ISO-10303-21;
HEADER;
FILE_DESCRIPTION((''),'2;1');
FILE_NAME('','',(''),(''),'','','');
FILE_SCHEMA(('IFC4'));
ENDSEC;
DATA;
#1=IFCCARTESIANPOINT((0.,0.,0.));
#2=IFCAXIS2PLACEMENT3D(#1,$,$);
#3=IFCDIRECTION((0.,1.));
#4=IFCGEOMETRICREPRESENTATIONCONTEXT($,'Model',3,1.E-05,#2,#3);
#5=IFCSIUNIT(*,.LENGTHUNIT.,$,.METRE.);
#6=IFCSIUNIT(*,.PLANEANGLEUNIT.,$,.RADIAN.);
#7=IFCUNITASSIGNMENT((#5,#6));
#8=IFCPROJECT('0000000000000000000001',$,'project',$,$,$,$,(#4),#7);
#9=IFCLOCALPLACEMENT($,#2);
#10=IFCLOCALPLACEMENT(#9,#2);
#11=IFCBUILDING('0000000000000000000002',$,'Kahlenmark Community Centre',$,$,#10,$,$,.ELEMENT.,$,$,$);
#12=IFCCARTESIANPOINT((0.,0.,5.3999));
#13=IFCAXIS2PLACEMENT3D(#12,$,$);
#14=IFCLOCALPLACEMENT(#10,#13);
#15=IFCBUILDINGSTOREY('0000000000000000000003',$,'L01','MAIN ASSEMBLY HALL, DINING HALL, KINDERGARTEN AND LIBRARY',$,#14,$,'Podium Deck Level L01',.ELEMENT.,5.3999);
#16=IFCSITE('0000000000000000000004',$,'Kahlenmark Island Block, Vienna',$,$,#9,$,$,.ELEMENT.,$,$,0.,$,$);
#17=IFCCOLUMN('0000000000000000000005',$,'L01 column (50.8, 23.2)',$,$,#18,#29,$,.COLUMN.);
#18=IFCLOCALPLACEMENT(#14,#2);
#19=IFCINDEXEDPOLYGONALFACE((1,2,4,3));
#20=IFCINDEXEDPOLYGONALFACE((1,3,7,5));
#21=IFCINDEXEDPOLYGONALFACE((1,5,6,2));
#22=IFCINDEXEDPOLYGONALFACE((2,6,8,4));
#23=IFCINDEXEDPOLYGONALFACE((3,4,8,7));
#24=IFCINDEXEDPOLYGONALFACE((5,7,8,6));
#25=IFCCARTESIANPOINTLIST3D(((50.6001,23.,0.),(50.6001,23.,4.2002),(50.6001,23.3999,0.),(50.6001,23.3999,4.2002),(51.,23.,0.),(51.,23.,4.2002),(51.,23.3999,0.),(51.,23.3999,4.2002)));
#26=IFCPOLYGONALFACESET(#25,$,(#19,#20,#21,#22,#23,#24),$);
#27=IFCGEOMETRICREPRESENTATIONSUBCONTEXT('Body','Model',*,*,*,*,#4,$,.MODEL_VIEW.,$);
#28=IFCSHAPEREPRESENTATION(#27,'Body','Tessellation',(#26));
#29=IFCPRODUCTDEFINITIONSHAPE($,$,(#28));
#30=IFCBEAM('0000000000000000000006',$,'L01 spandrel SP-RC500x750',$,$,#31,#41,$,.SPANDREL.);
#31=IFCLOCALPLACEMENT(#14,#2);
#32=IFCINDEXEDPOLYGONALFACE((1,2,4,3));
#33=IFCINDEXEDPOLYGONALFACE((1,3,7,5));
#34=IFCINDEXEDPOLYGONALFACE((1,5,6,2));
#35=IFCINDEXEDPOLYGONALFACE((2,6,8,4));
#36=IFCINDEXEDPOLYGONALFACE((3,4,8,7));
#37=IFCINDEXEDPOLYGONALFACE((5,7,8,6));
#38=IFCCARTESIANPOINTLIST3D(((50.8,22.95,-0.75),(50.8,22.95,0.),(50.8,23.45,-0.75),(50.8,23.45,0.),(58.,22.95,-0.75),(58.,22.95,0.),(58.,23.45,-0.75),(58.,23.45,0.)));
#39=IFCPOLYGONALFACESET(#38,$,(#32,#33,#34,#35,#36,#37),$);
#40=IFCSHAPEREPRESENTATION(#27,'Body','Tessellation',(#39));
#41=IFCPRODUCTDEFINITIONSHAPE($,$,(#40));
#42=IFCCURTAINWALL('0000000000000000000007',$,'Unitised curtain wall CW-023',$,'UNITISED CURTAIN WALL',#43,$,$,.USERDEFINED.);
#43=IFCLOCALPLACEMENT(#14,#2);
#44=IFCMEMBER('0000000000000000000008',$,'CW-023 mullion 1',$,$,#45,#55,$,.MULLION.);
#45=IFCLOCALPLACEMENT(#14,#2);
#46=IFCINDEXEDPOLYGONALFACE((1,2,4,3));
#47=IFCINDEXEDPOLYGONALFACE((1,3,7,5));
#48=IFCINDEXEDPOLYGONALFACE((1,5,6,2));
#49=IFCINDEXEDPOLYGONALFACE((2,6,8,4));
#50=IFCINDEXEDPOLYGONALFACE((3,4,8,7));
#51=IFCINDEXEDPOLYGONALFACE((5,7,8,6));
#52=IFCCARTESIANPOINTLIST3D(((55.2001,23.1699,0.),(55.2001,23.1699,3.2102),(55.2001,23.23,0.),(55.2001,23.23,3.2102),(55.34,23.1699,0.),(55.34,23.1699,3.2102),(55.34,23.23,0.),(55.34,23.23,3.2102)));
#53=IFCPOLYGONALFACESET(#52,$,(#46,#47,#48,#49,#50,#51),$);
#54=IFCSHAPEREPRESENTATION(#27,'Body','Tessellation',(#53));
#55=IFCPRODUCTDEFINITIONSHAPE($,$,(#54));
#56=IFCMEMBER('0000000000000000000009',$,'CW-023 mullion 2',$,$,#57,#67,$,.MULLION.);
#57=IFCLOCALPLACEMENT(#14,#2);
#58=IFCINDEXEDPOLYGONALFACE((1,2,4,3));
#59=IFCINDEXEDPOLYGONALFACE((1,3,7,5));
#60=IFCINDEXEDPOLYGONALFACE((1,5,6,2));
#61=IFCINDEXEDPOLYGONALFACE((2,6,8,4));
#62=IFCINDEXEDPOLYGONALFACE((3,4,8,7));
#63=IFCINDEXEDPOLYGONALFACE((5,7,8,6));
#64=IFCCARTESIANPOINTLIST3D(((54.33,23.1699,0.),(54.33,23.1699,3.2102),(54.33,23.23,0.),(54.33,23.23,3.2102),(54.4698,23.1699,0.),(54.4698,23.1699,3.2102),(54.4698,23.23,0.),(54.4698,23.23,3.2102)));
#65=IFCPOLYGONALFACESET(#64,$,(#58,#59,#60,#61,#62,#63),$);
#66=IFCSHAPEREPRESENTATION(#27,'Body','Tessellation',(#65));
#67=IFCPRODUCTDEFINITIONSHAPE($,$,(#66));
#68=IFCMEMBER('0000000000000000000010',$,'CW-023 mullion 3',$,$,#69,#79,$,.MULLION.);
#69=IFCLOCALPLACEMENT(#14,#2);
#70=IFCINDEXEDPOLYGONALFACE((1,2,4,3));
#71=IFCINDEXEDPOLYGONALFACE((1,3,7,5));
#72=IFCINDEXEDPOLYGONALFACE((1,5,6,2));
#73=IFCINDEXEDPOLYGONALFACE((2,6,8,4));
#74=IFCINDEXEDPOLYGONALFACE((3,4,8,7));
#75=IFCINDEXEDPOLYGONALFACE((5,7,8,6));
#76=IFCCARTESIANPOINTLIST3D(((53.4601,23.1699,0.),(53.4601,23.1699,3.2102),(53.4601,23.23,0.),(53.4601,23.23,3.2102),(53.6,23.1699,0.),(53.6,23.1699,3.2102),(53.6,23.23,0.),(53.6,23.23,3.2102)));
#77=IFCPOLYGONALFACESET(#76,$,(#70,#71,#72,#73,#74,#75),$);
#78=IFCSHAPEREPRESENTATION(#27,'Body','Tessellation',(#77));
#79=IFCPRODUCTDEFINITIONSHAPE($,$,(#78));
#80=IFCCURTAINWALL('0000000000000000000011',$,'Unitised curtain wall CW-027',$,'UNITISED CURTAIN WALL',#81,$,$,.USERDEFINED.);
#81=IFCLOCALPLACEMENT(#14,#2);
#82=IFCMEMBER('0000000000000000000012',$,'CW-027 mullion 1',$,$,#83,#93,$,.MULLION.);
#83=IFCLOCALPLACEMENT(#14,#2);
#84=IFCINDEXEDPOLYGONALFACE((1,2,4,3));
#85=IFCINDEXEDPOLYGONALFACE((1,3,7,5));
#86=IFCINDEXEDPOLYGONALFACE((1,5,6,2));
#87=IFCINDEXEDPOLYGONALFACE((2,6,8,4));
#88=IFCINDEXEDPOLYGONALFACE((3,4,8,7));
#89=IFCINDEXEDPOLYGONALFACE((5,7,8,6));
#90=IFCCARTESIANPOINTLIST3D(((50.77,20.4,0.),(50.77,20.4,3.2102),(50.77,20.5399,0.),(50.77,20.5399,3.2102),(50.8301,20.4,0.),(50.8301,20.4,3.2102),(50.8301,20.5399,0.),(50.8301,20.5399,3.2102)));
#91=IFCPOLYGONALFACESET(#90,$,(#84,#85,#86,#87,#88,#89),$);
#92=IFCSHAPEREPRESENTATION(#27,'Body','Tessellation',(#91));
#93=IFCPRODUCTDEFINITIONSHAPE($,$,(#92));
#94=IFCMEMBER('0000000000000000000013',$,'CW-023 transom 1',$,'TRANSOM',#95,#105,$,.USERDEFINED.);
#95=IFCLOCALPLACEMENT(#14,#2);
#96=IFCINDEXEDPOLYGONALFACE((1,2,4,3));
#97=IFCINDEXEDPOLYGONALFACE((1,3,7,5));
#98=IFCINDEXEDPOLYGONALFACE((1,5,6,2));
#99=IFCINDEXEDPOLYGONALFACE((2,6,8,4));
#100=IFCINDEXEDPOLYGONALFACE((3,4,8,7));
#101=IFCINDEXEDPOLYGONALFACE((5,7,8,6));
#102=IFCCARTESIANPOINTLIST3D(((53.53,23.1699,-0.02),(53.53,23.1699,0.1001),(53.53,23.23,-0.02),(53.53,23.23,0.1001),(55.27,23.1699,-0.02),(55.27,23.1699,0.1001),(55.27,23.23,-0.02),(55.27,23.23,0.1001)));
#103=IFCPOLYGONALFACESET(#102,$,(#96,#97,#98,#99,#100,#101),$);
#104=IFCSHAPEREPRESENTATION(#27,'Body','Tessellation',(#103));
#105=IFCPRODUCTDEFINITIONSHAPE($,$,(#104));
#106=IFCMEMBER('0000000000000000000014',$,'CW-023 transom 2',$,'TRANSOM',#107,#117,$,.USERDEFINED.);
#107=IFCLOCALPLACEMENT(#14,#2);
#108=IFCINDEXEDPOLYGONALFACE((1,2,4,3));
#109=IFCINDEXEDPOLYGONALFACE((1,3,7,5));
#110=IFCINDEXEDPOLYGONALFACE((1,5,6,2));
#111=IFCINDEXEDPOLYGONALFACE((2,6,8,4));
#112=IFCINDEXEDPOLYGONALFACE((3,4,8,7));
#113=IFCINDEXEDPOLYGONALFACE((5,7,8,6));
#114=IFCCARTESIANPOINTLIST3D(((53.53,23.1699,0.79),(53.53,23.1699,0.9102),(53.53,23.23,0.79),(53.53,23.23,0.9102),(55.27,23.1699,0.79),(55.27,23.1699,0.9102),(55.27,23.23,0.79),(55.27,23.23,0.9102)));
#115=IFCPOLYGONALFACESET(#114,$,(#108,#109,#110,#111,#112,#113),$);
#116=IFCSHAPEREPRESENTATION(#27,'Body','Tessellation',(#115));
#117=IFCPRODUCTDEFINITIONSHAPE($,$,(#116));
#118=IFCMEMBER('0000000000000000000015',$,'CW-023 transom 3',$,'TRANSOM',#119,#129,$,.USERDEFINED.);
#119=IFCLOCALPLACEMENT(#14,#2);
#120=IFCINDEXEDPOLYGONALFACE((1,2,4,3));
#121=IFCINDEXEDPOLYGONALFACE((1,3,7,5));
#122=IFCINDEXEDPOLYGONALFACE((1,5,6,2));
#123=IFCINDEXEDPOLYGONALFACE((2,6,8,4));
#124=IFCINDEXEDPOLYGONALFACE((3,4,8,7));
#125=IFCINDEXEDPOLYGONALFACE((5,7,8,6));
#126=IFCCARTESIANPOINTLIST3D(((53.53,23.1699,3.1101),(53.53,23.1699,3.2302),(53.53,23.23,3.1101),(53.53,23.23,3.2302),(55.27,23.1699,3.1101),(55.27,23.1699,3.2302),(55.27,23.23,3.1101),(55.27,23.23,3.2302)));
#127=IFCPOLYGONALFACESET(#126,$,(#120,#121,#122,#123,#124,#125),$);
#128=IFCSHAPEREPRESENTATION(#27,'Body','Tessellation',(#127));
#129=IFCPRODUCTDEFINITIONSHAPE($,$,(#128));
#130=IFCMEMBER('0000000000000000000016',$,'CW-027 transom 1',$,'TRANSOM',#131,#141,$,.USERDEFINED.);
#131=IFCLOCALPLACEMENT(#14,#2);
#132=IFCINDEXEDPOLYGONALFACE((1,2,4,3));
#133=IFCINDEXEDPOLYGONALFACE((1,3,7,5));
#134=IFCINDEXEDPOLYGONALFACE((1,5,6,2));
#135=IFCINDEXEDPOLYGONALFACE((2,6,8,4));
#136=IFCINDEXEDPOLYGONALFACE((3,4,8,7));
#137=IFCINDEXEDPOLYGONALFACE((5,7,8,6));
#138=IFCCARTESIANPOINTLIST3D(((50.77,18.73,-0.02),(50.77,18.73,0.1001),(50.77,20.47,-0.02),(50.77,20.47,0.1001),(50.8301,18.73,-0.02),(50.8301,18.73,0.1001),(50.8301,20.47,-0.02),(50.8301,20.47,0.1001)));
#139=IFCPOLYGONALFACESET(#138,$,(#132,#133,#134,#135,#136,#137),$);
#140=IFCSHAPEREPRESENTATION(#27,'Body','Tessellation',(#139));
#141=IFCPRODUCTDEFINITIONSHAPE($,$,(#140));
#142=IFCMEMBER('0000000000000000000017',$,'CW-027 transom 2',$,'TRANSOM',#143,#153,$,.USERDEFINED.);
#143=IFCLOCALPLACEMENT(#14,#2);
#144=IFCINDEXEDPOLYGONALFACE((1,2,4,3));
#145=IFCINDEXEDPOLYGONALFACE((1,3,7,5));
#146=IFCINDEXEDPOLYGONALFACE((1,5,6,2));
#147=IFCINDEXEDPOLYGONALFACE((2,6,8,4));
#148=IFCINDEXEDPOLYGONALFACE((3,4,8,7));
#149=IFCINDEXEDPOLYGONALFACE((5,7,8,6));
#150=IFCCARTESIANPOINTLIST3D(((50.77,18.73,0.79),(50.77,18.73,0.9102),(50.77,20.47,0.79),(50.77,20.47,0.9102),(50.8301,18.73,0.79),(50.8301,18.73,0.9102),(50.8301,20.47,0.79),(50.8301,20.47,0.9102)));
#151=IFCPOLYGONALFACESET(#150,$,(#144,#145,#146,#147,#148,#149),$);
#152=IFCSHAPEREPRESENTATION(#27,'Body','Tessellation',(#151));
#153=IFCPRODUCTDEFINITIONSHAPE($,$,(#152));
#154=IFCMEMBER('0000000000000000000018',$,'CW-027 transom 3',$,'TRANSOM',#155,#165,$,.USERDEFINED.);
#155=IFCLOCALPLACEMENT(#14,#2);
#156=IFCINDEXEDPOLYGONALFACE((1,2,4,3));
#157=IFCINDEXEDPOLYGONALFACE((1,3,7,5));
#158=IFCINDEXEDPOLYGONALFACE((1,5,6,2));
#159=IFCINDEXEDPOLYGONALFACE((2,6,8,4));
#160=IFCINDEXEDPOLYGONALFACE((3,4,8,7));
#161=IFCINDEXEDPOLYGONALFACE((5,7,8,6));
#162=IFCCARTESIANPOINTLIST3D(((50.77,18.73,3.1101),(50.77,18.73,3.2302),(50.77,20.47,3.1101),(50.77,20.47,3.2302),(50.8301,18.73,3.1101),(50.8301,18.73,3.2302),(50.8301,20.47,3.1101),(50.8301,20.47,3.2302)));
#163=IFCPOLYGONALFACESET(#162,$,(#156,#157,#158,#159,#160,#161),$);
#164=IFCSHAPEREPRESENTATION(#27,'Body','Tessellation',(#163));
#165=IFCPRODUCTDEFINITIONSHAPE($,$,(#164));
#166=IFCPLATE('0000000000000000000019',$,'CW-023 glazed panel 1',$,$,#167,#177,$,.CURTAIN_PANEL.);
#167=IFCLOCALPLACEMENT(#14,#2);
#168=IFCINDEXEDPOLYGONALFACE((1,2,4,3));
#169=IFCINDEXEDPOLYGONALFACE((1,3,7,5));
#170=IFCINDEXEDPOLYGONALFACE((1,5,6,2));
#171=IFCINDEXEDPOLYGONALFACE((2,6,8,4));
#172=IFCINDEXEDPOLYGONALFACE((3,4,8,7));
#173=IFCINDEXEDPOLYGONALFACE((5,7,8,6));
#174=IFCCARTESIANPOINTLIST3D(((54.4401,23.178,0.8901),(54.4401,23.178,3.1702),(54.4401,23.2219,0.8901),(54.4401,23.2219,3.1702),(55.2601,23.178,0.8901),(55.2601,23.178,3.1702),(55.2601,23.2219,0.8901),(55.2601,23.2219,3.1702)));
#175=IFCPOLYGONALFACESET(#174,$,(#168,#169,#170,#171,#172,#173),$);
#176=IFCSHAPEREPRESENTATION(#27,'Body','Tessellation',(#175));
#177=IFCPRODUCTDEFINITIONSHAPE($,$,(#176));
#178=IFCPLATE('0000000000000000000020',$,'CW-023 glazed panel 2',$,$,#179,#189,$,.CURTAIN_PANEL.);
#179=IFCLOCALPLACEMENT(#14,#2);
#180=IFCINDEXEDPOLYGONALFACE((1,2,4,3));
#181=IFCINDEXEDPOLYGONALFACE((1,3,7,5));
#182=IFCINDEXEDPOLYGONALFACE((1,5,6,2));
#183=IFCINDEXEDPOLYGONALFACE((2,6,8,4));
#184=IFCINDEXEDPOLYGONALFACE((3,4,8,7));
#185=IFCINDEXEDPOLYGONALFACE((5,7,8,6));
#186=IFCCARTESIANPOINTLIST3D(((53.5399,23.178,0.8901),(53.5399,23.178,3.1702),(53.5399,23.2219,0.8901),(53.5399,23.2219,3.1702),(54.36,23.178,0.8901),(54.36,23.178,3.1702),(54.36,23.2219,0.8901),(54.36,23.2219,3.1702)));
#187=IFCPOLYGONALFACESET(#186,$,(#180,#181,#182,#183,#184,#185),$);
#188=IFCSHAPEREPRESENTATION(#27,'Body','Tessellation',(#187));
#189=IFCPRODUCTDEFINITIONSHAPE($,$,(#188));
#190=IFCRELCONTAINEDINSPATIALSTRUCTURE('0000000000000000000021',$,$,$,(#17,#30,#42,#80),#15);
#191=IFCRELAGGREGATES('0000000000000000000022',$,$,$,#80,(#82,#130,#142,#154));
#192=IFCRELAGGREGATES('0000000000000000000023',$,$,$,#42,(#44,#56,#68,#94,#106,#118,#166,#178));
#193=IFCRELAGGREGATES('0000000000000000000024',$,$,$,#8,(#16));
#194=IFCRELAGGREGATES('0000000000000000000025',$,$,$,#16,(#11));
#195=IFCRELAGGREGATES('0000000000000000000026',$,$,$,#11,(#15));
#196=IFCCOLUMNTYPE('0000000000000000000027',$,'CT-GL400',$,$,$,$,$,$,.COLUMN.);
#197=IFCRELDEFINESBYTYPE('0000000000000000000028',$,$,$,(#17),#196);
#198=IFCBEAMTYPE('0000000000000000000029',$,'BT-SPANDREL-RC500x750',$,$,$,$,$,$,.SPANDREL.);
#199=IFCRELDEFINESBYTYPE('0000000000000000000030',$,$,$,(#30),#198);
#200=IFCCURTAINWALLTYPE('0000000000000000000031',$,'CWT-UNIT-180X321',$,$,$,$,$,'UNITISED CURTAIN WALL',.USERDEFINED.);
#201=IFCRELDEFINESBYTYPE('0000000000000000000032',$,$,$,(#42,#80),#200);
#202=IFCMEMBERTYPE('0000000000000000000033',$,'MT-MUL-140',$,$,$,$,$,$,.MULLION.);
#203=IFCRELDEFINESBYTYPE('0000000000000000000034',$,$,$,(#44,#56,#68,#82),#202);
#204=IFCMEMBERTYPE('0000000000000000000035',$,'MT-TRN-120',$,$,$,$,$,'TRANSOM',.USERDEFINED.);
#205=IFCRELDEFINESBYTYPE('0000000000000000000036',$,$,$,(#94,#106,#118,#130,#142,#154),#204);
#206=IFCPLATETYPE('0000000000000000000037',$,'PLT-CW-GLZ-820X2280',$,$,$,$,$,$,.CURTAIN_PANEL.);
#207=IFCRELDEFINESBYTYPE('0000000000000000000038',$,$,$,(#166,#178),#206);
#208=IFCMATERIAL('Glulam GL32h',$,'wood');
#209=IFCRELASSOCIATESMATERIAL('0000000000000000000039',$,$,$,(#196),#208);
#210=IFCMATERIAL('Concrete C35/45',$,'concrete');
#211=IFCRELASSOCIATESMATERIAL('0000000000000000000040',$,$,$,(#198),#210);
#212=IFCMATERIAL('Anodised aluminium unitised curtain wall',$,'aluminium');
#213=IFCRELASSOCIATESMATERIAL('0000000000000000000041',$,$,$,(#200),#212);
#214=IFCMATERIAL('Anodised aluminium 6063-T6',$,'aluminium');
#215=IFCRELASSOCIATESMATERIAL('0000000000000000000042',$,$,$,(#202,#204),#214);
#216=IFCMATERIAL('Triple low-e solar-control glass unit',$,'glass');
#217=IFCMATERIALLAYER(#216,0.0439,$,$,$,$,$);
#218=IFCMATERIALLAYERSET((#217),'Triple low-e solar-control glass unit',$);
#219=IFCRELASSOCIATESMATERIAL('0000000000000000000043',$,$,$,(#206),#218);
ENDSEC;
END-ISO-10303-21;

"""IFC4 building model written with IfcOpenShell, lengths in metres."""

from ifc_helpers import new_model, si_unit, direction, frame, origin, origin_2d, place, context, subcontext, project, spatial, rectangle, extrude, material, layer, layer_set, material_profile, profile_set, type_object, element, aggregate, save


model = new_model("IFC4")

# Units and contexts
model_context = context("Model", 3, precision=1e-05, world=origin(), true_north=direction((0.0, 1.0)))
body_context = subcontext(model_context, "Body", "Model", "MODEL_VIEW")
ifc_project = project(units=[si_unit("LENGTHUNIT", "METRE"), si_unit("PLANEANGLEUNIT", "RADIAN")], contexts=[model_context])

# Site, building, storey
site_placement = place(None, origin())
site = spatial("IfcSite", under=ifc_project, at=site_placement, Name="Kahlenmark Island Block, Vienna", CompositionType="ELEMENT", RefElevation=0.0)
building_placement = place(site_placement, origin())
building = spatial("IfcBuilding", under=site, at=building_placement, Name="Kahlenmark Community Centre", CompositionType="ELEMENT")
storey_placement = place(building_placement, frame((0.0, 0.0, 5.3999)))
storey = spatial("IfcBuildingStorey", under=building, at=storey_placement, Name="L01", Description="MAIN ASSEMBLY HALL, DINING HALL, KINDERGARTEN AND LIBRARY", LongName="Podium Deck Level L01", CompositionType="ELEMENT", Elevation=5.3999)

# Column
ifc_material_1 = material(Name="Glulam GL32h", Category="wood")
ifc_material_profile_1 = material_profile(ifc_material_1, rectangle(XDim=0.3999, YDim=0.3999, at=origin_2d()), Name="GL32h 400x400")
ifc_profile_set_1 = profile_set([ifc_material_profile_1], Name="Glulam GL32h")
column_type = type_object("IfcColumnType", Name="CT-GL400", PredefinedType="COLUMN", material=ifc_profile_set_1)
column_placement = place(storey_placement, frame((50.8, 23.2, 0.0), z_axis=(0.0, 0.0, 1.0), x_axis=(1.0, 0.0, 0.0)))
element("IfcColumn", 1, at=column_placement, inside=storey, type_object=column_type, Name="L01 column (50.8, 23.2)", PredefinedType="COLUMN", context=body_context, shape_type="SweptSolid", body=[
    extrude(rectangle(XDim=0.3999, YDim=0.3999, at=origin_2d()), origin(), (0.0, 0.0, 1.0), 4.2002),
])

# Beam
ifc_material_2 = material(Name="Concrete C35/45", Category="concrete")
ifc_material_profile_2 = material_profile(ifc_material_2, rectangle(XDim=0.5, YDim=0.75, at=origin_2d()), Name="RC 500x750")
ifc_profile_set_2 = profile_set([ifc_material_profile_2], Name="Concrete C35/45")
beam_type = type_object("IfcBeamType", Name="BT-SPANDREL-RC500x750", PredefinedType="SPANDREL", material=ifc_profile_set_2)
beam_placement = place(storey_placement, frame((50.8, 23.2, -0.375), z_axis=(1.0, 0.0, 0.0), x_axis=(0.0, 1.0, 0.0)))
element("IfcBeam", 2, at=beam_placement, inside=storey, type_object=beam_type, Name="L01 spandrel SP-RC500x750", PredefinedType="SPANDREL", context=body_context, shape_type="SweptSolid", body=[
    extrude(rectangle(XDim=0.5, YDim=0.75, at=origin_2d()), origin(), (0.0, 0.0, 1.0), 7.2),
])

# Curtain wall, members
ifc_material_3 = material(Name="Anodised aluminium unitised curtain wall", Category="aluminium")
curtain_wall_type = type_object("IfcCurtainWallType", Name="CWT-UNIT-180X321", ElementType="UNITISED CURTAIN WALL", PredefinedType="USERDEFINED", material=ifc_material_3)
curtain_wall_1_placement = place(storey_placement, origin())
curtain_wall_1 = element("IfcCurtainWall", 3, at=curtain_wall_1_placement, inside=storey, type_object=curtain_wall_type, Name="Unitised curtain wall CW-023", ObjectType="UNITISED CURTAIN WALL", PredefinedType="USERDEFINED")
ifc_material_4 = material(Name="Anodised aluminium 6063-T6", Category="aluminium")
ifc_material_profile_3 = material_profile(ifc_material_4, rectangle(XDim=0.0601, YDim=0.1399, at=origin_2d()), Name="ALU MULLION 60x140")
ifc_profile_set_3 = profile_set([ifc_material_profile_3], Name="Anodised aluminium 6063-T6")
member_type_1 = type_object("IfcMemberType", Name="MT-MUL-140", PredefinedType="MULLION", material=ifc_profile_set_3)
member_1_placement = place(storey_placement, frame((55.27, 23.2, 0.0), z_axis=(0.0, 0.0, 1.0), x_axis=(0.0, -1.0, 0.0)))
member_1 = element("IfcMember", 4, at=member_1_placement, type_object=member_type_1, Name="CW-023 mullion 1", PredefinedType="MULLION", context=body_context, shape_type="SweptSolid", body=[
    extrude(rectangle(XDim=0.0601, YDim=0.1399, at=origin_2d()), origin(), (0.0, 0.0, 1.0), 3.2102),
])
member_2_placement = place(storey_placement, frame((54.3999, 23.2, 0.0), z_axis=(0.0, 0.0, 1.0), x_axis=(0.0, -1.0, 0.0)))
member_2 = element("IfcMember", 5, at=member_2_placement, type_object=member_type_1, Name="CW-023 mullion 2", PredefinedType="MULLION", context=body_context, shape_type="SweptSolid", body=[
    extrude(rectangle(XDim=0.0601, YDim=0.1399, at=origin_2d()), origin(), (0.0, 0.0, 1.0), 3.2102),
])
member_3_placement = place(storey_placement, frame((53.53, 23.2, 0.0), z_axis=(0.0, 0.0, 1.0), x_axis=(0.0, -1.0, 0.0)))
member_3 = element("IfcMember", 6, at=member_3_placement, type_object=member_type_1, Name="CW-023 mullion 3", PredefinedType="MULLION", context=body_context, shape_type="SweptSolid", body=[
    extrude(rectangle(XDim=0.0601, YDim=0.1399, at=origin_2d()), origin(), (0.0, 0.0, 1.0), 3.2102),
])

# Curtain wall, member
curtain_wall_2_placement = place(storey_placement, origin())
curtain_wall_2 = element("IfcCurtainWall", 7, at=curtain_wall_2_placement, inside=storey, type_object=curtain_wall_type, Name="Unitised curtain wall CW-027", ObjectType="UNITISED CURTAIN WALL", PredefinedType="USERDEFINED")
member_4_placement = place(storey_placement, frame((50.8, 20.47, 0.0), z_axis=(0.0, 0.0, 1.0), x_axis=(1.0, 0.0, 0.0)))
member_4 = element("IfcMember", 8, at=member_4_placement, type_object=member_type_1, Name="CW-027 mullion 1", PredefinedType="MULLION", context=body_context, shape_type="SweptSolid", body=[
    extrude(rectangle(XDim=0.0601, YDim=0.1399, at=origin_2d()), origin(), (0.0, 0.0, 1.0), 3.2102),
])

# Members
ifc_material_profile_4 = material_profile(ifc_material_4, rectangle(XDim=0.0601, YDim=0.1201, at=origin_2d()), Name="ALU TRANSOM 60x120")
ifc_profile_set_4 = profile_set([ifc_material_profile_4], Name="Anodised aluminium 6063-T6")
member_type_2 = type_object("IfcMemberType", Name="MT-TRN-120", ElementType="TRANSOM", PredefinedType="USERDEFINED", material=ifc_profile_set_4)
member_5_placement = place(storey_placement, frame((55.27, 23.2, 0.04), z_axis=(-1.0, 0.0, 0.0), x_axis=(0.0, -1.0, 0.0)))
member_5 = element("IfcMember", 9, at=member_5_placement, type_object=member_type_2, Name="CW-023 transom 1", ObjectType="TRANSOM", PredefinedType="USERDEFINED", context=body_context, shape_type="SweptSolid", body=[
    extrude(rectangle(XDim=0.0601, YDim=0.1201, at=origin_2d()), origin(), (0.0, 0.0, 1.0), 1.74),
])
member_6_placement = place(storey_placement, frame((55.27, 23.2, 0.8501), z_axis=(-1.0, 0.0, 0.0), x_axis=(0.0, -1.0, 0.0)))
member_6 = element("IfcMember", 10, at=member_6_placement, type_object=member_type_2, Name="CW-023 transom 2", ObjectType="TRANSOM", PredefinedType="USERDEFINED", context=body_context, shape_type="SweptSolid", body=[
    extrude(rectangle(XDim=0.0601, YDim=0.1201, at=origin_2d()), origin(), (0.0, 0.0, 1.0), 1.74),
])
member_7_placement = place(storey_placement, frame((55.27, 23.2, 3.1702), z_axis=(-1.0, 0.0, 0.0), x_axis=(0.0, -1.0, 0.0)))
member_7 = element("IfcMember", 11, at=member_7_placement, type_object=member_type_2, Name="CW-023 transom 3", ObjectType="TRANSOM", PredefinedType="USERDEFINED", context=body_context, shape_type="SweptSolid", body=[
    extrude(rectangle(XDim=0.0601, YDim=0.1201, at=origin_2d()), origin(), (0.0, 0.0, 1.0), 1.74),
])
member_8_placement = place(storey_placement, frame((50.8, 20.47, 0.04), z_axis=(0.0, -1.0, 0.0), x_axis=(1.0, 0.0, 0.0)))
member_8 = element("IfcMember", 12, at=member_8_placement, type_object=member_type_2, Name="CW-027 transom 1", ObjectType="TRANSOM", PredefinedType="USERDEFINED", context=body_context, shape_type="SweptSolid", body=[
    extrude(rectangle(XDim=0.0601, YDim=0.1201, at=origin_2d()), origin(), (0.0, 0.0, 1.0), 1.74),
])
member_9_placement = place(storey_placement, frame((50.8, 20.47, 0.8501), z_axis=(0.0, -1.0, 0.0), x_axis=(1.0, 0.0, 0.0)))
member_9 = element("IfcMember", 13, at=member_9_placement, type_object=member_type_2, Name="CW-027 transom 2", ObjectType="TRANSOM", PredefinedType="USERDEFINED", context=body_context, shape_type="SweptSolid", body=[
    extrude(rectangle(XDim=0.0601, YDim=0.1201, at=origin_2d()), origin(), (0.0, 0.0, 1.0), 1.74),
])
member_10_placement = place(storey_placement, frame((50.8, 20.47, 3.1702), z_axis=(0.0, -1.0, 0.0), x_axis=(1.0, 0.0, 0.0)))
member_10 = element("IfcMember", 14, at=member_10_placement, type_object=member_type_2, Name="CW-027 transom 3", ObjectType="TRANSOM", PredefinedType="USERDEFINED", context=body_context, shape_type="SweptSolid", body=[
    extrude(rectangle(XDim=0.0601, YDim=0.1201, at=origin_2d()), origin(), (0.0, 0.0, 1.0), 1.74),
])

# Plates
ifc_material_5 = material(Name="Triple low-e solar-control glass unit", Category="glass")
ifc_layer_1 = layer(ifc_material_5, 0.0439)
ifc_layer_set_1 = layer_set([ifc_layer_1], Name="Triple low-e solar-control glass unit")
plate_type_1 = type_object("IfcPlateType", Name="PLT-CW-GLZ-820X2280", PredefinedType="CURTAIN_PANEL", material=ifc_layer_set_1)
plate_1_placement = place(storey_placement, frame((54.8501, 23.2, 0.8901), z_axis=(0.0, 0.0, 1.0), x_axis=(-1.0, 0.0, 0.0)))
plate_1 = element("IfcPlate", 15, at=plate_1_placement, type_object=plate_type_1, Name="CW-023 glazed panel 1", PredefinedType="CURTAIN_PANEL", context=body_context, shape_type="SweptSolid", body=[
    extrude(rectangle(XDim=0.8201, YDim=0.0439, at=origin_2d()), origin(), (0.0, 0.0, 1.0), 2.28),
])
plate_2_placement = place(storey_placement, frame((53.95, 23.2, 0.8901), z_axis=(0.0, 0.0, 1.0), x_axis=(-1.0, 0.0, 0.0)))
plate_2 = element("IfcPlate", 16, at=plate_2_placement, type_object=plate_type_1, Name="CW-023 glazed panel 2", PredefinedType="CURTAIN_PANEL", context=body_context, shape_type="SweptSolid", body=[
    extrude(rectangle(XDim=0.8201, YDim=0.0439, at=origin_2d()), origin(), (0.0, 0.0, 1.0), 2.28),
])
aggregate(curtain_wall_2, [member_4, member_8, member_9, member_10])
aggregate(curtain_wall_1, [member_1, member_2, member_3, member_5, member_6, member_7, plate_1, plate_2])

save(model, "model.ifc")
